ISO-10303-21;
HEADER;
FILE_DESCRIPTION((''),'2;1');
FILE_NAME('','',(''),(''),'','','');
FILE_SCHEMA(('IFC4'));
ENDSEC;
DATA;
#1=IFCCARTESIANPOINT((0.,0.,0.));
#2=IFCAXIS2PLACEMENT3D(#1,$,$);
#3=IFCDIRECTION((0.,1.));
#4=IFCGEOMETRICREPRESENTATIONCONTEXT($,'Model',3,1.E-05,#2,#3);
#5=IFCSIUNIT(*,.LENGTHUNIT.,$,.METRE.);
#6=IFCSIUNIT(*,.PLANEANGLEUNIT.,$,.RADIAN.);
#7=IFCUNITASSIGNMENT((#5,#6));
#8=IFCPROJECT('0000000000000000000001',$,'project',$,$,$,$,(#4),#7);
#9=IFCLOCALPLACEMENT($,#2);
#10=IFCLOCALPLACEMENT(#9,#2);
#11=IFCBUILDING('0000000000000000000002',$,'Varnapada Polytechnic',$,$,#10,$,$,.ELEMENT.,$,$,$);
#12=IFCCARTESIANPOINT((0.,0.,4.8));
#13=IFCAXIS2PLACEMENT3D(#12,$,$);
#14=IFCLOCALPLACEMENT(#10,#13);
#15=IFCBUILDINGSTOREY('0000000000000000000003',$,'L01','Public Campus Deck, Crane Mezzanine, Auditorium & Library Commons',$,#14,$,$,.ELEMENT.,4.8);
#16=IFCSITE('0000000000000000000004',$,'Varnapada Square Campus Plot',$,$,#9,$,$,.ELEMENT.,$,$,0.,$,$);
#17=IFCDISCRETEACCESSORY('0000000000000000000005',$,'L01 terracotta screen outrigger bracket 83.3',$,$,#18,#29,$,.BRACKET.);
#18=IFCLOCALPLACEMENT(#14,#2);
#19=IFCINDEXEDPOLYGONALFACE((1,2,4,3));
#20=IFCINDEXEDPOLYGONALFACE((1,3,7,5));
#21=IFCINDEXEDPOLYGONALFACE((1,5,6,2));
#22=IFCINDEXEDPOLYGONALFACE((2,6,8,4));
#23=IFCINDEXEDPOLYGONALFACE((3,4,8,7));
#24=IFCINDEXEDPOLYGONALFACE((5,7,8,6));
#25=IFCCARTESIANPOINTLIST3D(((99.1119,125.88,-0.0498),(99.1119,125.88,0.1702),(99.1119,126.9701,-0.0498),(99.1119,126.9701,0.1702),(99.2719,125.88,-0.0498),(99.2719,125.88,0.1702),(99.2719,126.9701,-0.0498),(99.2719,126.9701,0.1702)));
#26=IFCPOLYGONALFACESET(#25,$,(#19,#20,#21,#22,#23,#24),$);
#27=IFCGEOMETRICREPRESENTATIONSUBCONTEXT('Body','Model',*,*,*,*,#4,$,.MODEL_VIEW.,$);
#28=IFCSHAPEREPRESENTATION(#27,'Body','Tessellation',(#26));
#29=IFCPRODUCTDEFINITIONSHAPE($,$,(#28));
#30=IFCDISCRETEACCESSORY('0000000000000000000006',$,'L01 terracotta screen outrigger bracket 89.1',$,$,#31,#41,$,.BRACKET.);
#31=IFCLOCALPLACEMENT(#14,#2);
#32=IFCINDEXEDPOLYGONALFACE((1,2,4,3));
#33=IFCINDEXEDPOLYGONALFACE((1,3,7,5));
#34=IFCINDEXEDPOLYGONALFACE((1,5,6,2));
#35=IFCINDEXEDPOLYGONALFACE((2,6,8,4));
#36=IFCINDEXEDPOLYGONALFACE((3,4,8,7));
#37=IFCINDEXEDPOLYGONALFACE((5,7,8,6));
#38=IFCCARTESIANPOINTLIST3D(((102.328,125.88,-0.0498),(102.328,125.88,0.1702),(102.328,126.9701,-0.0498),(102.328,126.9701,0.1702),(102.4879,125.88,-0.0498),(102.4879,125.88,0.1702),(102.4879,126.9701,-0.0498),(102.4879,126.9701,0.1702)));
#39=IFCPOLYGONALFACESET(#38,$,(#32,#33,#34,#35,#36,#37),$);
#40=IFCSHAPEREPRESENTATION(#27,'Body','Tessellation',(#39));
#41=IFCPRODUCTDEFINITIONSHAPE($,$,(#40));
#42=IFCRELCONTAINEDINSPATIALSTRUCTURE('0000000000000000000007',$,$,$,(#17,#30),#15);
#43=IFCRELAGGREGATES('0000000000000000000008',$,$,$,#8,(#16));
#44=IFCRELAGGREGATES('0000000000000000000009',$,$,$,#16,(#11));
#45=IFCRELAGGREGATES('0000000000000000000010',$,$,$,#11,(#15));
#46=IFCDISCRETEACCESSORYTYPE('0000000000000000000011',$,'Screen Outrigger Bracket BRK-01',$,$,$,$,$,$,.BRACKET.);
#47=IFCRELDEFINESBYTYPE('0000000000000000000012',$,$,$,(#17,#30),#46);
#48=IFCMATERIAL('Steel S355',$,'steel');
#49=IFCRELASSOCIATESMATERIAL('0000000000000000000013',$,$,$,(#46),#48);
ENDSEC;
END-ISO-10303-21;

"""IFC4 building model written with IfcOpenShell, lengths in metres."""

from ifc_helpers import new_model, si_unit, direction, frame, origin, origin_2d, place, context, subcontext, project, spatial, rectangle, extrude, material, type_object, element, save


model = new_model("IFC4")

# Units and contexts
model_context = context("Model", 3, precision=1e-05, world=origin(), true_north=direction((0.0, 1.0)))
body_context = subcontext(model_context, "Body", "Model", "MODEL_VIEW")
ifc_project = project(units=[si_unit("LENGTHUNIT", "METRE"), si_unit("PLANEANGLEUNIT", "RADIAN")], contexts=[model_context])

# Site, building, storey
site_placement = place(None, origin())
site = spatial("IfcSite", under=ifc_project, at=site_placement, Name="Varnapada Square Campus Plot", CompositionType="ELEMENT", RefElevation=0.0)
building_placement = place(site_placement, origin())
building = spatial("IfcBuilding", under=site, at=building_placement, Name="Varnapada Polytechnic", CompositionType="ELEMENT")
storey_placement = place(building_placement, frame((0.0, 0.0, 4.8)))
storey = spatial("IfcBuildingStorey", under=building, at=storey_placement, Name="L01", Description="Public Campus Deck, Crane Mezzanine, Auditorium & Library Commons", CompositionType="ELEMENT", Elevation=4.8)

# Discrete accessories
ifc_material_1 = material(Name="Steel S355", Category="steel")
discrete_accessory_type = type_object("IfcDiscreteAccessoryType", Name="Screen Outrigger Bracket BRK-01", PredefinedType="BRACKET", material=ifc_material_1)
for number, where, z_axis, x_axis, name in (
    (1, (99.1919, 126.425, -0.0498), (0.0, 0.0, 1.0), (1.0, 0.0, 0.0), "L01 terracotta screen outrigger bracket 83.3"),
    (2, (102.408, 126.425, -0.0498), (0.0, 0.0, 1.0), (1.0, 0.0, 0.0), "L01 terracotta screen outrigger bracket 89.1"),
):
    element("IfcDiscreteAccessory", number, at=place(storey_placement, frame(where, z_axis=z_axis, x_axis=x_axis)), inside=storey, type_object=discrete_accessory_type, Name=name, PredefinedType="BRACKET", context=body_context, shape_type="SweptSolid", body=[
        extrude(rectangle(XDim=0.1599, YDim=1.0901, at=origin_2d()), origin(), (0.0, 0.0, 1.0), 0.22),
    ])

save(model, "model.ifc")
